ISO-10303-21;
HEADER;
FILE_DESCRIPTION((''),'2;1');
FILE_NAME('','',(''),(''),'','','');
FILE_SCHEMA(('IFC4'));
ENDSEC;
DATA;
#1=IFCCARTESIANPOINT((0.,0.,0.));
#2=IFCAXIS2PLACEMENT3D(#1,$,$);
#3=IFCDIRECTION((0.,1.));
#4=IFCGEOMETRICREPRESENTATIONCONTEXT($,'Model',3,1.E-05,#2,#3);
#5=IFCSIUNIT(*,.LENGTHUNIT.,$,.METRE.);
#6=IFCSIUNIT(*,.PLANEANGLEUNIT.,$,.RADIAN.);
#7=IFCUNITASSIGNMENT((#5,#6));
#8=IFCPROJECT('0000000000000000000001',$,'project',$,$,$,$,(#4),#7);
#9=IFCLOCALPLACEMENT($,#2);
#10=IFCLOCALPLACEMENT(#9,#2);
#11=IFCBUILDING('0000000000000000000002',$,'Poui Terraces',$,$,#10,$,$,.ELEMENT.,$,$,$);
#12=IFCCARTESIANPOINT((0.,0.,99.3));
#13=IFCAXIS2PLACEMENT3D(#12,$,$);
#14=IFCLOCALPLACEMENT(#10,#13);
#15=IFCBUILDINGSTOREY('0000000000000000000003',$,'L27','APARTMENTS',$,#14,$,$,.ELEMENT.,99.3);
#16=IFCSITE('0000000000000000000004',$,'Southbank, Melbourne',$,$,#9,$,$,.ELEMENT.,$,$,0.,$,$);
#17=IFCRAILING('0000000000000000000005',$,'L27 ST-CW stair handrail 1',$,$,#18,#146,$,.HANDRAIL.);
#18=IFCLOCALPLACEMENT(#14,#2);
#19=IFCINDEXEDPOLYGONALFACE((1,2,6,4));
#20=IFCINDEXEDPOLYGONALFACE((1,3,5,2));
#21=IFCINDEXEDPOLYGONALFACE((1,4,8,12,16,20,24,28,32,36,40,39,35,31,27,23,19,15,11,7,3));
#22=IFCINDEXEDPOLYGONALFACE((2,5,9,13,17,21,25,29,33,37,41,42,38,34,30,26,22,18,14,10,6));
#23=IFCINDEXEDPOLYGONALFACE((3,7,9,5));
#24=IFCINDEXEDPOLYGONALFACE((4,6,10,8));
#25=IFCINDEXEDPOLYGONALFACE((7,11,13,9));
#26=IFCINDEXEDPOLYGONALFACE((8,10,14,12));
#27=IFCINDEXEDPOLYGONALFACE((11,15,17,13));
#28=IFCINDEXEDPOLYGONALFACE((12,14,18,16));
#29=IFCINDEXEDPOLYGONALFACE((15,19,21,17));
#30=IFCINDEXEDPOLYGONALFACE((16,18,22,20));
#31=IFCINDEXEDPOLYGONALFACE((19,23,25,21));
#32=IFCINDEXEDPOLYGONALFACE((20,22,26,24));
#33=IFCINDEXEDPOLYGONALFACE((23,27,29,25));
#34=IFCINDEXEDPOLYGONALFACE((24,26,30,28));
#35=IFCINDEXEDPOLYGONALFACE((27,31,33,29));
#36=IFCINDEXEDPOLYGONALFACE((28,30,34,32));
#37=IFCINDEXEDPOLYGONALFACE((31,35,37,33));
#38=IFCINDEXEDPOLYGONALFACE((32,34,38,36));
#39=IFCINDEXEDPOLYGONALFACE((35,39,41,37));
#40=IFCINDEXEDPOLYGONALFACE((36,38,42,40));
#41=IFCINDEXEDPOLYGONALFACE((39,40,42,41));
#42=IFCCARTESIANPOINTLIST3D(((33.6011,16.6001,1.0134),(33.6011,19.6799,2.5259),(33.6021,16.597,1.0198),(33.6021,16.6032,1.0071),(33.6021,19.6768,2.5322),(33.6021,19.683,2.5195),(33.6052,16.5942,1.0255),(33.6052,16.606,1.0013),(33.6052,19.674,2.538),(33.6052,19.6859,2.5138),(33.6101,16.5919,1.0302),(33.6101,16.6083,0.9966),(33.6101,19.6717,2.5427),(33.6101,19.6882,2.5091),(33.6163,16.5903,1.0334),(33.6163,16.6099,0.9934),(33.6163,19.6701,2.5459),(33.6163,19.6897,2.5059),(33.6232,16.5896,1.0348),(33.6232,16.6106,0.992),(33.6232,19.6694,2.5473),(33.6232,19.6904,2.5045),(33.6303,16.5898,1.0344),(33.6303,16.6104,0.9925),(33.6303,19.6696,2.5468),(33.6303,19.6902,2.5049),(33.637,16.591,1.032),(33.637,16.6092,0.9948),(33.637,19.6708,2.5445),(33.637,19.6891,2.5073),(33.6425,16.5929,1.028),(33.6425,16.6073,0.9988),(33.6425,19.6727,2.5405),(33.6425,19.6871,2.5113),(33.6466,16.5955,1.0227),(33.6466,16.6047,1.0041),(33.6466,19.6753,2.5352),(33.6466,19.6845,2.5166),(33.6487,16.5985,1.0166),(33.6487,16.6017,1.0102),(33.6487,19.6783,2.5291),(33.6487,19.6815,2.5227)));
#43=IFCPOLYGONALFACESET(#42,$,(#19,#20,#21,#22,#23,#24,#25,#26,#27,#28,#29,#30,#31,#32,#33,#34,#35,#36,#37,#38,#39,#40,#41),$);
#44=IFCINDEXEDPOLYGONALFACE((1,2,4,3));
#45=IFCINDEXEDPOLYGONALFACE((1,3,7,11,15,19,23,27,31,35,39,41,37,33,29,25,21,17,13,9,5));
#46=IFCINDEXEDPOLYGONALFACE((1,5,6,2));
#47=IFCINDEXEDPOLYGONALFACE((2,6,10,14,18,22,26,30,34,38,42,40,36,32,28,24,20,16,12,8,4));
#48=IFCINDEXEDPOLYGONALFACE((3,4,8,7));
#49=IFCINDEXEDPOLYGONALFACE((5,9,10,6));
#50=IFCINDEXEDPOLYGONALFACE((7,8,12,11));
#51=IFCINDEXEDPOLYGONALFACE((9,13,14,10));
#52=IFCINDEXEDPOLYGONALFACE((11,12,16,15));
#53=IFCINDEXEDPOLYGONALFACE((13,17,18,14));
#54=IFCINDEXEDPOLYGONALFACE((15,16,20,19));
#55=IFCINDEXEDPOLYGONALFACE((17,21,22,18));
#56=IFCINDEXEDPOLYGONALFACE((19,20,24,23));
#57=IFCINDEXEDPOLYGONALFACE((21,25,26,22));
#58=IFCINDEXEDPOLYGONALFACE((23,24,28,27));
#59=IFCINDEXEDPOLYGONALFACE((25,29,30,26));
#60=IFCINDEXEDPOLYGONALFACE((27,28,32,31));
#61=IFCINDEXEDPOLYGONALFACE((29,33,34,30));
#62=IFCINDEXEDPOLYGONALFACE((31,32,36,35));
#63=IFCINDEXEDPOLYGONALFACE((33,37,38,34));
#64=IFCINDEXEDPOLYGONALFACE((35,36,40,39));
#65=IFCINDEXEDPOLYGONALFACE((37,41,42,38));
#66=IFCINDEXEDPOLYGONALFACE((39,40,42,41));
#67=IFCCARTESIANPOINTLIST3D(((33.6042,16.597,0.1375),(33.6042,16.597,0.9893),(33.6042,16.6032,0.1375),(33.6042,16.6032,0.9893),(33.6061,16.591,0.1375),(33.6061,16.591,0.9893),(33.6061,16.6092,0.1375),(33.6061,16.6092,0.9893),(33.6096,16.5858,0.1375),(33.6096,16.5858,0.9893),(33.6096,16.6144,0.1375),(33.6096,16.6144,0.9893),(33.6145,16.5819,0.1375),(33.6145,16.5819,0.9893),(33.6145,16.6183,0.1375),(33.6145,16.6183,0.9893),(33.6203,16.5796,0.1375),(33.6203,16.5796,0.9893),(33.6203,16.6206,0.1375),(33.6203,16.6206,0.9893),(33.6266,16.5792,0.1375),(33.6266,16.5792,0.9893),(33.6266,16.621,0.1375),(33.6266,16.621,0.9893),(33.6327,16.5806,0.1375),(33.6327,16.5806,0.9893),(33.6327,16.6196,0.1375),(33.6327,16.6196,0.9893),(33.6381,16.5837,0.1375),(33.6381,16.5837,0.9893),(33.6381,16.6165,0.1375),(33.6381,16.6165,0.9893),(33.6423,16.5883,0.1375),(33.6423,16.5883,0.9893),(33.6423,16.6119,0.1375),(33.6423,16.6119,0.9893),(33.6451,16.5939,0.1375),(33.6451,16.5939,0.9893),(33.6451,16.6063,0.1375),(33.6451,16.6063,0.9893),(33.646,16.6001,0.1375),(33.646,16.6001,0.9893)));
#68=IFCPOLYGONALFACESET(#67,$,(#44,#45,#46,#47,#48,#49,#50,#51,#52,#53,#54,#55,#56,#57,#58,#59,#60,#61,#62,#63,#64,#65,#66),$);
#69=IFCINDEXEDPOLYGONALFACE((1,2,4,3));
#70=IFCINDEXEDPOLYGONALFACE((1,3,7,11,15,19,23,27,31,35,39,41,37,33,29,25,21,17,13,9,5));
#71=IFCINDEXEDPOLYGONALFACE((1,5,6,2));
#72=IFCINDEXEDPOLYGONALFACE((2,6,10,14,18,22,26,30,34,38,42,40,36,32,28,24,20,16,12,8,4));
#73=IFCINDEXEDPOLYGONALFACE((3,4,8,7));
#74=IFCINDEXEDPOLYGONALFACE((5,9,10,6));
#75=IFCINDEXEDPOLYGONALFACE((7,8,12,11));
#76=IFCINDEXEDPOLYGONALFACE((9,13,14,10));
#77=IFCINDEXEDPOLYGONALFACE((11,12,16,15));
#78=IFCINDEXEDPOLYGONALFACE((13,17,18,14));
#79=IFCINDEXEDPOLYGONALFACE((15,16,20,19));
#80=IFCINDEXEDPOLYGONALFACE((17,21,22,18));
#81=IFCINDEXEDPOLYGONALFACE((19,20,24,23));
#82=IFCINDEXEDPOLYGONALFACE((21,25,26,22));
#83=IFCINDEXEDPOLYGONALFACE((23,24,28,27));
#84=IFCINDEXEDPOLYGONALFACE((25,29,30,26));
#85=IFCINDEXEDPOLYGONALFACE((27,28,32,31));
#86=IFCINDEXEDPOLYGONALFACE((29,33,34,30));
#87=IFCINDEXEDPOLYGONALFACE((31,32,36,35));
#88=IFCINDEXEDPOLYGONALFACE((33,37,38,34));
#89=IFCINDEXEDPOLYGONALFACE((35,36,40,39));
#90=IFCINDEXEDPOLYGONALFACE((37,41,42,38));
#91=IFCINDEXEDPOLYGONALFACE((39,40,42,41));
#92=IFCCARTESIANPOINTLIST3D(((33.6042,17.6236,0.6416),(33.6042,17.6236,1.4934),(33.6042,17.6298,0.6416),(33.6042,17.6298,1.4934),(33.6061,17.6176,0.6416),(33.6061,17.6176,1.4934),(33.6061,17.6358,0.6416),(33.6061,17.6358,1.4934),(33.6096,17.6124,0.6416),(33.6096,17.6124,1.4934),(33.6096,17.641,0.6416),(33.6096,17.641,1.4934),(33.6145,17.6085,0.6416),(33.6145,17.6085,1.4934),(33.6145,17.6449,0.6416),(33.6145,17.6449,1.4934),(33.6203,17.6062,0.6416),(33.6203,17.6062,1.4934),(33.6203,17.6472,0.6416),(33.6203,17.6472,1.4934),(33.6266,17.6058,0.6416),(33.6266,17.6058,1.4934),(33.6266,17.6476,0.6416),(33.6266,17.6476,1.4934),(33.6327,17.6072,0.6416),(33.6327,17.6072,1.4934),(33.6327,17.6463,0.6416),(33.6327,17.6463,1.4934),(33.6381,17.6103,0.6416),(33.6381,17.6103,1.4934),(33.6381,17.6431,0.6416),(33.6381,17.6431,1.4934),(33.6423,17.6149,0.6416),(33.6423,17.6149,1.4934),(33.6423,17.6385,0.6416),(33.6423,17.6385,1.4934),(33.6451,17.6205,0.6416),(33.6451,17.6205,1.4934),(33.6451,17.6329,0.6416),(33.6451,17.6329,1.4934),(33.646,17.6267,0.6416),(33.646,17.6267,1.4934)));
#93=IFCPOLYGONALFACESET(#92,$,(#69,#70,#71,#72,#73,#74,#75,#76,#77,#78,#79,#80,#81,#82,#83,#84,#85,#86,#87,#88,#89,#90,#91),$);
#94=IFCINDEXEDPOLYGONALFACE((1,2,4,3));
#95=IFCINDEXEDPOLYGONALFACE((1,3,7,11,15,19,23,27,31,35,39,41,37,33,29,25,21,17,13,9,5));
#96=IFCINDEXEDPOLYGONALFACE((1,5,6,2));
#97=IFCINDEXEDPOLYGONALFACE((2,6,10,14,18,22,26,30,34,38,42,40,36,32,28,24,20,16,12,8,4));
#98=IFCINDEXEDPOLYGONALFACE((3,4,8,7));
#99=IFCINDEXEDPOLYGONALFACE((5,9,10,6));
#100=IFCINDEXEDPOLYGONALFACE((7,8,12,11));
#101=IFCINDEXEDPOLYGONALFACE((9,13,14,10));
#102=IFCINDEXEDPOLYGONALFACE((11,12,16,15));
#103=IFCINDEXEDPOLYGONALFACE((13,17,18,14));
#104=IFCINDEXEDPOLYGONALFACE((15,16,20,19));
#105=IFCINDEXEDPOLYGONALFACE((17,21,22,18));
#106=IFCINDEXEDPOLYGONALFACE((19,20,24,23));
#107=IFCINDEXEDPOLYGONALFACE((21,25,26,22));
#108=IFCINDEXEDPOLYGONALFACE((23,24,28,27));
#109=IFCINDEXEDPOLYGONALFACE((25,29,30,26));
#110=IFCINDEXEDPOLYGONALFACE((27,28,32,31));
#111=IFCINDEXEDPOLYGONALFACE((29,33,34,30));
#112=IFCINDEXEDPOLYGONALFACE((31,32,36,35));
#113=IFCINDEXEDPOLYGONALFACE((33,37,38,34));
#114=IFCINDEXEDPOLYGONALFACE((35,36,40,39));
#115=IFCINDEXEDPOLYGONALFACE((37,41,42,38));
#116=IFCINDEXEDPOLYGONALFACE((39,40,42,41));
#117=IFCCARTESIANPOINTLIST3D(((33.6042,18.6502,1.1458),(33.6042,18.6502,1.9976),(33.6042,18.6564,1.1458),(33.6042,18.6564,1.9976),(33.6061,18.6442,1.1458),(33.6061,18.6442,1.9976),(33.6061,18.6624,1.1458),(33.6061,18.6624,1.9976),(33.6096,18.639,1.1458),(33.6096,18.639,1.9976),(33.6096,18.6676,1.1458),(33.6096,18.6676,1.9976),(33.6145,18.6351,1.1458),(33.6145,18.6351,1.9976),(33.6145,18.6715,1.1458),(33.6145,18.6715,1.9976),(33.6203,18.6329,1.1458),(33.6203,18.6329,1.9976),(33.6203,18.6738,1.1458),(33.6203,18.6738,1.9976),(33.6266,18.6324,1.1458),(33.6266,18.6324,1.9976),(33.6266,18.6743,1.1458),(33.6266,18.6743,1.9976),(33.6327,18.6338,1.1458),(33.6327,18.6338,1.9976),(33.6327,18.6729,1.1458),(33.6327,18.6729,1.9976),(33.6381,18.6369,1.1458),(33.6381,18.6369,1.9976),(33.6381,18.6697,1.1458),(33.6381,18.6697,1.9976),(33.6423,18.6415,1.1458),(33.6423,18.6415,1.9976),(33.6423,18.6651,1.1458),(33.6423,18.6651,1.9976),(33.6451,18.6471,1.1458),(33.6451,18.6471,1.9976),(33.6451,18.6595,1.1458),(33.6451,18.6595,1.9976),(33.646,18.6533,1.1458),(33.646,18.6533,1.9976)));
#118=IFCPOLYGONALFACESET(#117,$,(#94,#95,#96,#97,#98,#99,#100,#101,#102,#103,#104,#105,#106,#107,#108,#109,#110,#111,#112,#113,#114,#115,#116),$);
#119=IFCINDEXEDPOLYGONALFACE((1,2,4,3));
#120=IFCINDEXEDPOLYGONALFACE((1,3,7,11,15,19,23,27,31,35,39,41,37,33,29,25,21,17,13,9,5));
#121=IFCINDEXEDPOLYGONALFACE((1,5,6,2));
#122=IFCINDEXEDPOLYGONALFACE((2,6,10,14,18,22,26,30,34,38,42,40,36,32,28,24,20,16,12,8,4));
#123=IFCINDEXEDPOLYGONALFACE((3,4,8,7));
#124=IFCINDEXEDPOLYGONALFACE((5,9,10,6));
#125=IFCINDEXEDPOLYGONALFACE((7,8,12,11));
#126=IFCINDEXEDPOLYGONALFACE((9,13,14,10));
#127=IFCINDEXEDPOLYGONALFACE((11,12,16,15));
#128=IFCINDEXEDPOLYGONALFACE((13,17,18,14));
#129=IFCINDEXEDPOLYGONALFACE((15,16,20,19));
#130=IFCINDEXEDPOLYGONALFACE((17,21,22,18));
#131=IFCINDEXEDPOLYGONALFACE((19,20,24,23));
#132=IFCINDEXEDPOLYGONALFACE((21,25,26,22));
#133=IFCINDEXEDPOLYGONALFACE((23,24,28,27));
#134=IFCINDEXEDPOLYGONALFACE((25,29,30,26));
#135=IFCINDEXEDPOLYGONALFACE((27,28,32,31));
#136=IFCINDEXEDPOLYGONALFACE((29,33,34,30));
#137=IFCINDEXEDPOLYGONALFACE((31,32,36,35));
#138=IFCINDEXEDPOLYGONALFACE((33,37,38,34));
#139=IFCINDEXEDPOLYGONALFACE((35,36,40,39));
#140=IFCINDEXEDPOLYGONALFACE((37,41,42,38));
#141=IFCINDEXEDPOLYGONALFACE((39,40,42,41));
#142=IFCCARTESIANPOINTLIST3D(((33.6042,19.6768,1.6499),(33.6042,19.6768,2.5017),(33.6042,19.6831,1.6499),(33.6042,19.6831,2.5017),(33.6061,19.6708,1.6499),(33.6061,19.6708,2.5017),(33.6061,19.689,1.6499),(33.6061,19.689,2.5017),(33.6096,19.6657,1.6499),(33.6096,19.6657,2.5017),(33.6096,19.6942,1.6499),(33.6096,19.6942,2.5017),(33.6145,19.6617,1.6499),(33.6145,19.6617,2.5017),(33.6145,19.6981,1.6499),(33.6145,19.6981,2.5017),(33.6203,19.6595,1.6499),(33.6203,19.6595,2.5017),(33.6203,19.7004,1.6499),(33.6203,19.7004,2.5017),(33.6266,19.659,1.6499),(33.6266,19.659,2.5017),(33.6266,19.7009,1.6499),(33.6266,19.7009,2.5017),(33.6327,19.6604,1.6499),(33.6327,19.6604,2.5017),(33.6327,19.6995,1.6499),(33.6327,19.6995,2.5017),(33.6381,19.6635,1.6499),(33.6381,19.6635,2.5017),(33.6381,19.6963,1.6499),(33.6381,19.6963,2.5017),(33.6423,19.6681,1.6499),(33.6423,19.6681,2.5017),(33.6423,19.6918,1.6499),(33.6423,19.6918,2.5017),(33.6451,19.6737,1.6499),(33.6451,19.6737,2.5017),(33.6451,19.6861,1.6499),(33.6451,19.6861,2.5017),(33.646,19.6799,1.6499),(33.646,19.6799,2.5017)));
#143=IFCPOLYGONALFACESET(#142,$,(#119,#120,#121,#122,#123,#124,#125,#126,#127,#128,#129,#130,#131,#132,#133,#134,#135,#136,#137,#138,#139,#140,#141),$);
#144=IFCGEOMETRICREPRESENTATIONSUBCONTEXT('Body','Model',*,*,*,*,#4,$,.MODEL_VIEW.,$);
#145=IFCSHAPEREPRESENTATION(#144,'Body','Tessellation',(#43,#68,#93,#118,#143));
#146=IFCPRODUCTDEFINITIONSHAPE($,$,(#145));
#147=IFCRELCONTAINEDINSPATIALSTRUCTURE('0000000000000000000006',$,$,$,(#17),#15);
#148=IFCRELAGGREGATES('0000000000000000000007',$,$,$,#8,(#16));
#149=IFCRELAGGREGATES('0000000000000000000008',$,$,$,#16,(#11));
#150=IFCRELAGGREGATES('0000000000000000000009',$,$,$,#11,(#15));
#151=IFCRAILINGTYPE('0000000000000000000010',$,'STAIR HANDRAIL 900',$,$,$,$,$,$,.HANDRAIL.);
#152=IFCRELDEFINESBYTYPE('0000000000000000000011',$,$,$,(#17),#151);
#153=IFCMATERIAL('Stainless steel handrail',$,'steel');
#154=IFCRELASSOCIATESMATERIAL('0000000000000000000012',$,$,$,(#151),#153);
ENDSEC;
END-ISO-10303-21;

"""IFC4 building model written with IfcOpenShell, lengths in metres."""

from ifc_helpers import new_model, si_unit, direction, frame, origin, origin_2d, place, context, subcontext, project, spatial, circle, extrude, material, type_object, element, save


model = new_model("IFC4")

# Units and contexts
model_context = context("Model", 3, precision=1e-05, world=origin(), true_north=direction((0.0, 1.0)))
body_context = subcontext(model_context, "Body", "Model", "MODEL_VIEW")
ifc_project = project(units=[si_unit("LENGTHUNIT", "METRE"), si_unit("PLANEANGLEUNIT", "RADIAN")], contexts=[model_context])

# Site, building, storey
site_placement = place(None, origin())
site = spatial("IfcSite", under=ifc_project, at=site_placement, Name="Southbank, Melbourne", CompositionType="ELEMENT", RefElevation=0.0)
building_placement = place(site_placement, origin())
building = spatial("IfcBuilding", under=site, at=building_placement, Name="Poui Terraces", CompositionType="ELEMENT")
storey_placement = place(building_placement, frame((0.0, 0.0, 99.3)))
storey = spatial("IfcBuildingStorey", under=building, at=storey_placement, Name="L27", Description="APARTMENTS", CompositionType="ELEMENT", Elevation=99.3)

# Railing
ifc_material_1 = material(Name="Stainless steel handrail", Category="steel")
railing_type_1 = type_object("IfcRailingType", Name="STAIR HANDRAIL 900", PredefinedType="HANDRAIL", material=ifc_material_1)
railing_1_placement = place(storey_placement, frame((33.625, 16.6001, 0.1375)))
element("IfcRailing", 1, at=railing_1_placement, inside=storey, type_object=railing_type_1, Name="L27 ST-CW stair handrail 1", PredefinedType="HANDRAIL", context=body_context, shape_type="SweptSolid", body=[
    extrude(circle(Radius=0.0239, at=origin_2d()), frame((0.0, 0.0, 0.876), z_axis=(0.0, 0.897606, 0.440798), x_axis=(-1.0, 0.0, 0.0)), (0.0, 0.0, 1.0), 3.4312),
    extrude(circle(Radius=0.021, at=origin_2d()), origin(), (0.0, 0.0, 1.0), 0.8518),
    extrude(circle(Radius=0.021, at=origin_2d()), frame((0.0, 1.0266, 0.5042)), (0.0, 0.0, 1.0), 0.8518),
    extrude(circle(Radius=0.021, at=origin_2d()), frame((0.0, 2.0532, 1.0083)), (0.0, 0.0, 1.0), 0.8518),
    extrude(circle(Radius=0.021, at=origin_2d()), frame((0.0, 3.0798, 1.5125)), (0.0, 0.0, 1.0), 0.8518),
])

save(model, "model.ifc")
